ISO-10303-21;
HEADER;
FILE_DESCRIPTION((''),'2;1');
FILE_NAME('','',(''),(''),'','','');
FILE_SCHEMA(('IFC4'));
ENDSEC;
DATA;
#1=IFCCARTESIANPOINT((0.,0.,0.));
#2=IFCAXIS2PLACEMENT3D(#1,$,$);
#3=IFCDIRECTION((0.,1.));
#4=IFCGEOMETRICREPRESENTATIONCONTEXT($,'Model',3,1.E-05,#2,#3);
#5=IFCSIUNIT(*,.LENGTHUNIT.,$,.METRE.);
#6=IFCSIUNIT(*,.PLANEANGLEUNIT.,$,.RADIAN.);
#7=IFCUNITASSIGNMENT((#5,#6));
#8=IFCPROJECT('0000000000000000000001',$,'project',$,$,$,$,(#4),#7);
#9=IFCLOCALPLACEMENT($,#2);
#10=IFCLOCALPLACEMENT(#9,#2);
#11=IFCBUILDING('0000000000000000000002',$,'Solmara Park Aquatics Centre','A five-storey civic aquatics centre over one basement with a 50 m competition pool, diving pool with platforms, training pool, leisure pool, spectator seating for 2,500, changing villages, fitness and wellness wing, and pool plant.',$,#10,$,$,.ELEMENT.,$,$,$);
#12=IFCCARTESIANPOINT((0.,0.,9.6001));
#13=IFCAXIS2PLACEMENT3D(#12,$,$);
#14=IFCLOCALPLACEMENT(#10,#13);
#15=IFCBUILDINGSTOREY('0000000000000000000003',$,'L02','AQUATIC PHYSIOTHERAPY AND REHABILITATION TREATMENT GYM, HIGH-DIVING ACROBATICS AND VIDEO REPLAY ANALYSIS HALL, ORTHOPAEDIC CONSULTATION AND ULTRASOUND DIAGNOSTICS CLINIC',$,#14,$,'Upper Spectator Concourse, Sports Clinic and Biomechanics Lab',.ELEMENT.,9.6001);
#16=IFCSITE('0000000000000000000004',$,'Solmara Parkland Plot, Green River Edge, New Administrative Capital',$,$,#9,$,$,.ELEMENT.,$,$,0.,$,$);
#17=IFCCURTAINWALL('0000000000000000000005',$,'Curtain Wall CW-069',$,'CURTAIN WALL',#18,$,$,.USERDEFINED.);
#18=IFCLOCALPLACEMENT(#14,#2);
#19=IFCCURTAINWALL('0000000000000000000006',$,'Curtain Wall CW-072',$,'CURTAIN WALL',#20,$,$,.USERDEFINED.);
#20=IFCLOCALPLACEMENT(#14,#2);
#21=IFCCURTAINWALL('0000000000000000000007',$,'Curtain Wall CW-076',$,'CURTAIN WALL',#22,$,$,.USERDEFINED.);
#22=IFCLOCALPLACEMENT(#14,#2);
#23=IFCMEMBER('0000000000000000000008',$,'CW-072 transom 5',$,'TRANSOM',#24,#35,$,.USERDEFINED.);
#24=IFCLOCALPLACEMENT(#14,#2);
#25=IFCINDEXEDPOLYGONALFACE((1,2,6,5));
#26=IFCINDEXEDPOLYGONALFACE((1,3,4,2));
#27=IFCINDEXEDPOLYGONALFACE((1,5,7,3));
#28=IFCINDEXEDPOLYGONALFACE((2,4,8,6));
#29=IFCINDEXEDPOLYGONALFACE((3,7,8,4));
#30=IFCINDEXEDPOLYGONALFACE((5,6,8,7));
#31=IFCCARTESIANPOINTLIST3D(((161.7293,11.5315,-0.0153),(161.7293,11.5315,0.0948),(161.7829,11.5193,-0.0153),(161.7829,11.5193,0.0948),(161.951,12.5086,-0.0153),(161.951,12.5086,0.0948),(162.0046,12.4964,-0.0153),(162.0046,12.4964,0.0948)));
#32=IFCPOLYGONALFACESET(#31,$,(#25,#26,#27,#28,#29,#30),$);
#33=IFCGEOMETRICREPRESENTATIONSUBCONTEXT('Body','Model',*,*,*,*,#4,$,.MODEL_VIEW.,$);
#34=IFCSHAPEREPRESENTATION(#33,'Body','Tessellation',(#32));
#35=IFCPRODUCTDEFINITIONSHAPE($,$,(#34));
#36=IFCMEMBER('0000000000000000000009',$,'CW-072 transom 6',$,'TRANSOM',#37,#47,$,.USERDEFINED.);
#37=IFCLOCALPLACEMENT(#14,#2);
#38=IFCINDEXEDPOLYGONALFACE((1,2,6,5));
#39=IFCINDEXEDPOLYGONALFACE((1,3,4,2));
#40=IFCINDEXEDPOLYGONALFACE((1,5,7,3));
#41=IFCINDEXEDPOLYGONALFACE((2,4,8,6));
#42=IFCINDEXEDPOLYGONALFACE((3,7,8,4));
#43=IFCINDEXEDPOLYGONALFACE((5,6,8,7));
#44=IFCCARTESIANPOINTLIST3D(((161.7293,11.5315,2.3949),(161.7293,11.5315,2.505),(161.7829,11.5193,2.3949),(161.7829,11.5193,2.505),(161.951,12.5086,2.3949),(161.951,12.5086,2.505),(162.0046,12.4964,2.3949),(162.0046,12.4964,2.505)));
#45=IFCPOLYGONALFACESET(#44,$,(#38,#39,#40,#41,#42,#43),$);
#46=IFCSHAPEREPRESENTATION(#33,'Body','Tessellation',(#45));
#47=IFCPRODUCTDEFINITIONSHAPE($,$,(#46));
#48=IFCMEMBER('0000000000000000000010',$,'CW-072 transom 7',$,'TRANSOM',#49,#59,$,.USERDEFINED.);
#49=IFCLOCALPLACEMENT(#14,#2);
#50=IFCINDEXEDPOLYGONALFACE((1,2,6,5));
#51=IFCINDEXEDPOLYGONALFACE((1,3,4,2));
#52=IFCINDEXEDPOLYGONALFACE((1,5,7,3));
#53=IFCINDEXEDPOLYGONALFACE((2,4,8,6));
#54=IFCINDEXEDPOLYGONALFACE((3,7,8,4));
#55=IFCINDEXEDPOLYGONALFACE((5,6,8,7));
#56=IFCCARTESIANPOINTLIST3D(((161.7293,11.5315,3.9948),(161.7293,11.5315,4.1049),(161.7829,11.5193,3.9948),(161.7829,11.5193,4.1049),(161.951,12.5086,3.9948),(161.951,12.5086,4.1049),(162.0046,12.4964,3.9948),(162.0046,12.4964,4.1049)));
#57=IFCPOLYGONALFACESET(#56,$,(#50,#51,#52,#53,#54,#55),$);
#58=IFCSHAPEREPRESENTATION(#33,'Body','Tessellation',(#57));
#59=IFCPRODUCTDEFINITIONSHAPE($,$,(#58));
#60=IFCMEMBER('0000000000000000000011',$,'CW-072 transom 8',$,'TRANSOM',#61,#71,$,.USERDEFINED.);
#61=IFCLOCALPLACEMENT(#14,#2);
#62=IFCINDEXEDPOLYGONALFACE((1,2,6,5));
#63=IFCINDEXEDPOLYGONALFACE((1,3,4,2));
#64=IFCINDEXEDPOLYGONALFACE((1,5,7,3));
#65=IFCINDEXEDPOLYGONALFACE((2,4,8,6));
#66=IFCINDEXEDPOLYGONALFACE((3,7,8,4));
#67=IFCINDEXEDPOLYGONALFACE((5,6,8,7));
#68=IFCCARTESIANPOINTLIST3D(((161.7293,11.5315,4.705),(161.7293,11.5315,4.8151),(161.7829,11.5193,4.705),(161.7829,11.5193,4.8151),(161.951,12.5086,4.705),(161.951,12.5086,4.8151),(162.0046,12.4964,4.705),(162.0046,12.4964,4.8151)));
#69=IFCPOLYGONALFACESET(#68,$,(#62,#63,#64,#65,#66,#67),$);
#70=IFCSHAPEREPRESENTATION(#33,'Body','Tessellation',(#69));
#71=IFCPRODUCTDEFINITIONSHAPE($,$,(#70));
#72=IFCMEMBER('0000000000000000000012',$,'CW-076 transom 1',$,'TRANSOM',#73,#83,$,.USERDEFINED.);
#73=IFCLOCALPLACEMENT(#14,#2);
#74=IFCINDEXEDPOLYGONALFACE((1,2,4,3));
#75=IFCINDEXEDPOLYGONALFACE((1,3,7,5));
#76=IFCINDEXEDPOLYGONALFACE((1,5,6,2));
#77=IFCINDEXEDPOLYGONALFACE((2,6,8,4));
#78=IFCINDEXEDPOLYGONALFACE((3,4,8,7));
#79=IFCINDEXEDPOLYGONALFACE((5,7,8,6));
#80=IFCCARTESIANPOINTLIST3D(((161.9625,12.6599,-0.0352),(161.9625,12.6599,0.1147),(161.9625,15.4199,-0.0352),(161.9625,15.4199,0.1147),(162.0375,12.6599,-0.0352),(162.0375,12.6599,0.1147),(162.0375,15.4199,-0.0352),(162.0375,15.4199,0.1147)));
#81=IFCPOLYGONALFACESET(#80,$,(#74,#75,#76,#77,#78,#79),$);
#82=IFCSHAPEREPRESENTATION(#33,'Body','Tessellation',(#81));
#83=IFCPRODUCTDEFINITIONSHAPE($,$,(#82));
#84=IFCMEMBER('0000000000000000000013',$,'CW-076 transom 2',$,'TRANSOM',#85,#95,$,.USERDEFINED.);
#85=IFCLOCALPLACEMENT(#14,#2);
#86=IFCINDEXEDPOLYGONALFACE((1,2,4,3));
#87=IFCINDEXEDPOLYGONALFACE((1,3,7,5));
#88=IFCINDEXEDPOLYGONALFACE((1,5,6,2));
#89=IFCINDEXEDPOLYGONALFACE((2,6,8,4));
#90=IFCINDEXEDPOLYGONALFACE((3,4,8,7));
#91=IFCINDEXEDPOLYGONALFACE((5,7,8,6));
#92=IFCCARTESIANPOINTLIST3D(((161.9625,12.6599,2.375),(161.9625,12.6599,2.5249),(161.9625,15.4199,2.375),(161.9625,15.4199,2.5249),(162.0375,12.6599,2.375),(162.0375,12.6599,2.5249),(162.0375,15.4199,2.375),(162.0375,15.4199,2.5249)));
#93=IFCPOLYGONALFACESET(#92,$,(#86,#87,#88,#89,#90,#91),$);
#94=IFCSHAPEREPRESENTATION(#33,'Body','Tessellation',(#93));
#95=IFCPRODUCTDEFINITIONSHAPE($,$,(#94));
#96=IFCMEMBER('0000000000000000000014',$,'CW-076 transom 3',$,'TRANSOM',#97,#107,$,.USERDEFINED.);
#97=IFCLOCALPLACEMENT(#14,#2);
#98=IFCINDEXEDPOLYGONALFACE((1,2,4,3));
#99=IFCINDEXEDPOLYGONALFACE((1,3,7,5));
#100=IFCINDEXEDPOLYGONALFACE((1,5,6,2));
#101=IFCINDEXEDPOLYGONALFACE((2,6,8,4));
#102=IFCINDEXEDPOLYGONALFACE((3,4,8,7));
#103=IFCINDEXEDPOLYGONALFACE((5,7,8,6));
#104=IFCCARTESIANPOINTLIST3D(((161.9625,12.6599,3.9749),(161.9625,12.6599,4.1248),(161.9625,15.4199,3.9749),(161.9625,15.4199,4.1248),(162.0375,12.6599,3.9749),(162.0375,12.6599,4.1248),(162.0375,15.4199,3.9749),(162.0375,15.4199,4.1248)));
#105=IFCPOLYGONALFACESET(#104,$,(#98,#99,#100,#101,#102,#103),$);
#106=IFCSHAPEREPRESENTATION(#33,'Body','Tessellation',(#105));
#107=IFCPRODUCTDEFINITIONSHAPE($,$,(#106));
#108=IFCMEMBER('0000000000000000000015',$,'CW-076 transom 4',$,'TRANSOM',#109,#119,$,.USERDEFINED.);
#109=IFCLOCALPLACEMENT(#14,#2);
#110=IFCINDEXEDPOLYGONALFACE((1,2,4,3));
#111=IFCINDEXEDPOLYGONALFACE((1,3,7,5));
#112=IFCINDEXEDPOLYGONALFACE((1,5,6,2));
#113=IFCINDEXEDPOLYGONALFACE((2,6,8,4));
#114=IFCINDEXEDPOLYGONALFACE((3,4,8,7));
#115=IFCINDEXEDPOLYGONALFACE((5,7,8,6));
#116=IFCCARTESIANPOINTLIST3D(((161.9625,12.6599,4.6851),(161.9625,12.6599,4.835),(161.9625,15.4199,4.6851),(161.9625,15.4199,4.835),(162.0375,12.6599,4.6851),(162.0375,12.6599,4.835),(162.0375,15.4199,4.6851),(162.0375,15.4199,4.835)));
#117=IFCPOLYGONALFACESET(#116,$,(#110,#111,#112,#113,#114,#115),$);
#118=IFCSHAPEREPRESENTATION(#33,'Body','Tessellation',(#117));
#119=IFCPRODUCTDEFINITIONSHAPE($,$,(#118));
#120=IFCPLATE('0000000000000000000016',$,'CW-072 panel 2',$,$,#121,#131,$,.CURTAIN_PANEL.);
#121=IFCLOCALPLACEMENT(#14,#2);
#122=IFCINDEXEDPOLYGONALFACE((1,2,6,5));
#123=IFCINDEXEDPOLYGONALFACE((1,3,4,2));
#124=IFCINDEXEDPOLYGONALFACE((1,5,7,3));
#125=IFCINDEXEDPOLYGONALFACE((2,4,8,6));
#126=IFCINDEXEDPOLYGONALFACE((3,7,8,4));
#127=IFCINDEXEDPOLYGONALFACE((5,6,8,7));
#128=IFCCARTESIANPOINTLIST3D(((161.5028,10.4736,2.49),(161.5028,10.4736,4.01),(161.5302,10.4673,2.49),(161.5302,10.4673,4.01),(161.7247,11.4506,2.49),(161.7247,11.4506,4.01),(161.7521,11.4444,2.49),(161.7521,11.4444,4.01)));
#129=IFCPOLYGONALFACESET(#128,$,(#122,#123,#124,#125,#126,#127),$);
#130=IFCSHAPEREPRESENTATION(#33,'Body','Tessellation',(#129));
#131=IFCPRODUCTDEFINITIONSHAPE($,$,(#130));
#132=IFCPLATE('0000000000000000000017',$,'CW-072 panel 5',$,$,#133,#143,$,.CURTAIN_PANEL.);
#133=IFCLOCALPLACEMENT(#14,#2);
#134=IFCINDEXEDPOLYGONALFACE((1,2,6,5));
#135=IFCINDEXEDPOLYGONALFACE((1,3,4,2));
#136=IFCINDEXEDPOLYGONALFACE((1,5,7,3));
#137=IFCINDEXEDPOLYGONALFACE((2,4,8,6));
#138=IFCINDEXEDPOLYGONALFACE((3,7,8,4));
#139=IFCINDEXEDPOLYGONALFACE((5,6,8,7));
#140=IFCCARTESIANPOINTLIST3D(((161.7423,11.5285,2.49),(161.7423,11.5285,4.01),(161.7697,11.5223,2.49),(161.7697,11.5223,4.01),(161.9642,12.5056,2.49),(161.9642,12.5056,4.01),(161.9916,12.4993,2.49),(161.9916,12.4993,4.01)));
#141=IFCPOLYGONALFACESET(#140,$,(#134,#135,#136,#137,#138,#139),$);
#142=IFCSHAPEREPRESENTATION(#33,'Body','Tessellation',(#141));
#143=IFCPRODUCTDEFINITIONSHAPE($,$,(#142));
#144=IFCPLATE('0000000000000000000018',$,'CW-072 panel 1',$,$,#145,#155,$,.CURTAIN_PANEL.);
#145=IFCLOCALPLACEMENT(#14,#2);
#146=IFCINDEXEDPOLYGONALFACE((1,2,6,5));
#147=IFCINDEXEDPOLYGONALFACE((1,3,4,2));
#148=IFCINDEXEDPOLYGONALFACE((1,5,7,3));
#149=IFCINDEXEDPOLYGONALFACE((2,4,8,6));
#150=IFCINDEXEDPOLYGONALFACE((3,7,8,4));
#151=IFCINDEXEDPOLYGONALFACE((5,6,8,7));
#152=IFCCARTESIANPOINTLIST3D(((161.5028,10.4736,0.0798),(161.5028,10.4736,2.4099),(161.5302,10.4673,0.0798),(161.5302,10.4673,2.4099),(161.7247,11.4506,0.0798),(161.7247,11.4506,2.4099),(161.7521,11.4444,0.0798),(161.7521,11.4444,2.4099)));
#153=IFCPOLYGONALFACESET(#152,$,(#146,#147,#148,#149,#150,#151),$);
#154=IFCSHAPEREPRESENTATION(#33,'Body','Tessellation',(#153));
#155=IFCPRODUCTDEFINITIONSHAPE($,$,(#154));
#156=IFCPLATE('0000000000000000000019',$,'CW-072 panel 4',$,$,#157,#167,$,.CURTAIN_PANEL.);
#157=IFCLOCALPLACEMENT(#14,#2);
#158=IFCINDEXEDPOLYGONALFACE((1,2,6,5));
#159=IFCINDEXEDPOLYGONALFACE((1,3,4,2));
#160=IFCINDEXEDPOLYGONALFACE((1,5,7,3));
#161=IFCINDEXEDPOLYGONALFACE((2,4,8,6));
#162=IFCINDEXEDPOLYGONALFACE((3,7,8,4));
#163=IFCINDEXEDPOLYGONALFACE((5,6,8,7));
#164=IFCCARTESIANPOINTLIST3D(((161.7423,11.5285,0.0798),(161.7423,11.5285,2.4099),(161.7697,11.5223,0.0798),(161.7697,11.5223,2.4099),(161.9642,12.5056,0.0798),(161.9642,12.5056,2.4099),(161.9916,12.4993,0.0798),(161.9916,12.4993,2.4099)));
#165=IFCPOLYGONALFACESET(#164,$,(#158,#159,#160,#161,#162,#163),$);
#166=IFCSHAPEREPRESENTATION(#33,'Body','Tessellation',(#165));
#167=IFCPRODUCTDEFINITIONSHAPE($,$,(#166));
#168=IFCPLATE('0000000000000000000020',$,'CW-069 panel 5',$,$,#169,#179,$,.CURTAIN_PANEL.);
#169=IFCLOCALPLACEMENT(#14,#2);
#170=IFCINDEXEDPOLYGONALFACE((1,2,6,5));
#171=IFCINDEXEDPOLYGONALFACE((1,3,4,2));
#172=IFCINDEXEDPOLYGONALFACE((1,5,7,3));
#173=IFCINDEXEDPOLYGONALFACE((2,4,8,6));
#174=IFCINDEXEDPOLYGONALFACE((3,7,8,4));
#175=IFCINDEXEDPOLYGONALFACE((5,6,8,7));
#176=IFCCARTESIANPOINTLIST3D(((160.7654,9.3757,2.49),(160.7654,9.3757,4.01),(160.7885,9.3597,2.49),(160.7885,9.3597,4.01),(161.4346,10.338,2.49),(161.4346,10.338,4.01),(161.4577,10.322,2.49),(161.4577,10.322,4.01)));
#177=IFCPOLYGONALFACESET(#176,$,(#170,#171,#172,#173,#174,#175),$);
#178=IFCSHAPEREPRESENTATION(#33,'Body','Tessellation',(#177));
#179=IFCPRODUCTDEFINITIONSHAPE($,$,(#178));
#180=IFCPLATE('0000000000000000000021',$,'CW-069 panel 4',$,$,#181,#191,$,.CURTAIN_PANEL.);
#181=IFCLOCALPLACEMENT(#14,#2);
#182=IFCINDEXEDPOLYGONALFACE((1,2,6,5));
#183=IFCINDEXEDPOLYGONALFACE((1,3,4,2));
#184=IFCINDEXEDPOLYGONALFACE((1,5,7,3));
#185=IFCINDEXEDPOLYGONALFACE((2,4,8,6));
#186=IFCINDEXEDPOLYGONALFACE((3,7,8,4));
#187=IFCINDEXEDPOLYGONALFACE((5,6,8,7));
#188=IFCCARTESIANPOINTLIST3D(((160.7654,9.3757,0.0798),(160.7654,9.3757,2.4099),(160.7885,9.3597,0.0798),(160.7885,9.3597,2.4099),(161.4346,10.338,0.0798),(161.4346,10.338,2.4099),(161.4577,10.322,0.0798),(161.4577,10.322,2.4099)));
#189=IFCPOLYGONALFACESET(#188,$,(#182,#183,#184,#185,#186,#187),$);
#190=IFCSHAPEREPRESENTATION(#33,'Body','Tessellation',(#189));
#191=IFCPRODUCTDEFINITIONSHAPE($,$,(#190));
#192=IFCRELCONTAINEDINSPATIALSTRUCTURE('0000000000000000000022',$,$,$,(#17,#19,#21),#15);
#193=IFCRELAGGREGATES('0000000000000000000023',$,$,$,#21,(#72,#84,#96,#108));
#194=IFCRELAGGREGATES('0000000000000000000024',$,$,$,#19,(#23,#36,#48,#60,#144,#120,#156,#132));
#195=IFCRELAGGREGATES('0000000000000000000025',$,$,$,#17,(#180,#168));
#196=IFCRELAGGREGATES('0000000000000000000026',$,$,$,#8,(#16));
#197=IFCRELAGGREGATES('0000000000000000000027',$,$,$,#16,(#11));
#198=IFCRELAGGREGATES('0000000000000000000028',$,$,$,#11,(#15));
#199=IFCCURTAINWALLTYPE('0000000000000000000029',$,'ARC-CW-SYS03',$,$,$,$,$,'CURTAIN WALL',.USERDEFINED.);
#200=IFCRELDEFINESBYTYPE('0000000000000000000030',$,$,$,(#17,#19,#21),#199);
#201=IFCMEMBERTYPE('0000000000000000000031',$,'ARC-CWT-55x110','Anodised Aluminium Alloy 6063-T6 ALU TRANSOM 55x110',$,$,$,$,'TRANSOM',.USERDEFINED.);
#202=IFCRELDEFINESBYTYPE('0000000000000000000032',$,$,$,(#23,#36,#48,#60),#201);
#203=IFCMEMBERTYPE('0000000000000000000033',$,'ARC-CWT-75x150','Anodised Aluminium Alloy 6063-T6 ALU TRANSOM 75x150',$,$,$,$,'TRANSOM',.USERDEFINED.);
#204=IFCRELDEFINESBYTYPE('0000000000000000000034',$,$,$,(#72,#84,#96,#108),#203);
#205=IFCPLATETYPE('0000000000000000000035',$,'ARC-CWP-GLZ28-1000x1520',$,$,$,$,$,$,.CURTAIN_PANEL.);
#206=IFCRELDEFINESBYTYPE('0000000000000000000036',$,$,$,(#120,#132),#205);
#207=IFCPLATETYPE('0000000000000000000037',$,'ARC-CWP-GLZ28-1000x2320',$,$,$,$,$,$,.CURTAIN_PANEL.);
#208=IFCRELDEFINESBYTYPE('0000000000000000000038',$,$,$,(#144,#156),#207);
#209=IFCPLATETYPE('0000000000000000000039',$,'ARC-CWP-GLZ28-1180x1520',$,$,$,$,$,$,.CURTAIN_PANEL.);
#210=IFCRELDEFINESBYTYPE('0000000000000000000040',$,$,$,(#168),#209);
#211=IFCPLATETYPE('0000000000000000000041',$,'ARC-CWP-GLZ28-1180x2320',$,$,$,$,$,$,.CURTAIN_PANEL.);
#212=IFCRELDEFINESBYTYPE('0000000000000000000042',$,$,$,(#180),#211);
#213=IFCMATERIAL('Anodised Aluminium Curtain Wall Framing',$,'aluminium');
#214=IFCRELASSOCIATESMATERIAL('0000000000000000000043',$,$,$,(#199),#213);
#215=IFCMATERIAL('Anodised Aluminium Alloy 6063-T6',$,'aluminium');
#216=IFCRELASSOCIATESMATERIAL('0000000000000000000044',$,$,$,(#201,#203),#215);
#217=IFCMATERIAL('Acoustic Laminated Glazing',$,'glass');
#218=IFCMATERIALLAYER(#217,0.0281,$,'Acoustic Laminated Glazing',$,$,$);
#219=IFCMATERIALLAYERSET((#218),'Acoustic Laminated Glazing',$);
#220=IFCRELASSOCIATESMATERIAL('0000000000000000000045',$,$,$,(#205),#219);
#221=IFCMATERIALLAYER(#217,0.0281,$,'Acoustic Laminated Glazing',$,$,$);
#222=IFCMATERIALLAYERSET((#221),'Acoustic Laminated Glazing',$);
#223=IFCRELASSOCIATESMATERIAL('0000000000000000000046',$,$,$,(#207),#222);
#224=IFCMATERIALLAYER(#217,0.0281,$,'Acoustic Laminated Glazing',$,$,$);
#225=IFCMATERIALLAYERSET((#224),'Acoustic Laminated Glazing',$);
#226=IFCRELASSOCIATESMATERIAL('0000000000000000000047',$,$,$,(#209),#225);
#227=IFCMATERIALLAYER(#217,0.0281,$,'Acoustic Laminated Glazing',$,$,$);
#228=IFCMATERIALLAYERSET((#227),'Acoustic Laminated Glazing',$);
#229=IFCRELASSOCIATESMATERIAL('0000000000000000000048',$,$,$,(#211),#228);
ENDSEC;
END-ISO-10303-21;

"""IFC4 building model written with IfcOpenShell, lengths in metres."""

from ifc_helpers import new_model, si_unit, direction, frame, origin, origin_2d, place, context, subcontext, project, spatial, rectangle, extrude, material, layer, layer_set, material_profile, profile_set, type_object, element, aggregate, save


model = new_model("IFC4")

# Units and contexts
model_context = context("Model", 3, precision=1e-05, world=origin(), true_north=direction((0.0, 1.0)))
body_context = subcontext(model_context, "Body", "Model", "MODEL_VIEW")
ifc_project = project(units=[si_unit("LENGTHUNIT", "METRE"), si_unit("PLANEANGLEUNIT", "RADIAN")], contexts=[model_context])

# Site, building, storey
site_placement = place(None, origin())
site = spatial("IfcSite", under=ifc_project, at=site_placement, Name="Solmara Parkland Plot, Green River Edge, New Administrative Capital", CompositionType="ELEMENT", RefElevation=0.0)
building_placement = place(site_placement, origin())
building = spatial("IfcBuilding", under=site, at=building_placement, Name="Solmara Park Aquatics Centre", Description="A five-storey civic aquatics centre over one basement with a 50 m competition pool, diving pool with platforms, training pool, leisure pool, spectator seating for 2,500, changing villages, fitness and wellness wing, and pool plant.", CompositionType="ELEMENT")
storey_placement = place(building_placement, frame((0.0, 0.0, 9.6001)))
storey = spatial("IfcBuildingStorey", under=building, at=storey_placement, Name="L02", Description="AQUATIC PHYSIOTHERAPY AND REHABILITATION TREATMENT GYM, HIGH-DIVING ACROBATICS AND VIDEO REPLAY ANALYSIS HALL, ORTHOPAEDIC CONSULTATION AND ULTRASOUND DIAGNOSTICS CLINIC", LongName="Upper Spectator Concourse, Sports Clinic and Biomechanics Lab", CompositionType="ELEMENT", Elevation=9.6001)

# Curtain walls
ifc_material_1 = material(Name="Anodised Aluminium Curtain Wall Framing", Category="aluminium")
curtain_wall_type = type_object("IfcCurtainWallType", Name="ARC-CW-SYS03", ElementType="CURTAIN WALL", PredefinedType="USERDEFINED", material=ifc_material_1)
curtain_wall_1_placement = place(storey_placement, origin())
curtain_wall_1 = element("IfcCurtainWall", 1, at=curtain_wall_1_placement, inside=storey, type_object=curtain_wall_type, Name="Curtain Wall CW-069", ObjectType="CURTAIN WALL", PredefinedType="USERDEFINED")
ifc_material_2 = material(Name="Anodised Aluminium Alloy 6063-T6", Category="aluminium")
curtain_wall_2_placement = place(storey_placement, origin())
curtain_wall_2 = element("IfcCurtainWall", 2, at=curtain_wall_2_placement, inside=storey, type_object=curtain_wall_type, Name="Curtain Wall CW-072", ObjectType="CURTAIN WALL", PredefinedType="USERDEFINED")

# Curtain wall
curtain_wall_3_placement = place(storey_placement, origin())
curtain_wall_3 = element("IfcCurtainWall", 3, at=curtain_wall_3_placement, inside=storey, type_object=curtain_wall_type, Name="Curtain Wall CW-076", ObjectType="CURTAIN WALL", PredefinedType="USERDEFINED")

# Members
ifc_material_profile_1 = material_profile(ifc_material_2, rectangle(XDim=0.0549, YDim=0.1101, at=origin_2d()), Name="ALU TRANSOM 55x110")
ifc_profile_set_1 = profile_set([ifc_material_profile_1], Name="Anodised Aluminium Alloy 6063-T6")
member_type_1 = type_object("IfcMemberType", Name="ARC-CWT-55x110", Description="Anodised Aluminium Alloy 6063-T6 ALU TRANSOM 55x110", ElementType="TRANSOM", PredefinedType="USERDEFINED", material=ifc_profile_set_1)
member_1_placement = place(storey_placement, frame((161.7561, 11.5254, 0.0398), z_axis=(0.221263, 0.975214, 0.0), x_axis=(-0.975214, 0.221263, 0.0)))
member_1 = element("IfcMember", 4, at=member_1_placement, type_object=member_type_1, Name="CW-072 transom 5", ObjectType="TRANSOM", PredefinedType="USERDEFINED", context=body_context, shape_type="SweptSolid", body=[
    extrude(rectangle(XDim=0.0549, YDim=0.1101, at=origin_2d()), origin(), (0.0, 0.0, 1.0), 1.002),
])
member_2_placement = place(storey_placement, frame((161.7561, 11.5254, 2.45), z_axis=(0.221263, 0.975214, 0.0), x_axis=(-0.975214, 0.221263, 0.0)))
member_2 = element("IfcMember", 5, at=member_2_placement, type_object=member_type_1, Name="CW-072 transom 6", ObjectType="TRANSOM", PredefinedType="USERDEFINED", context=body_context, shape_type="SweptSolid", body=[
    extrude(rectangle(XDim=0.0549, YDim=0.1101, at=origin_2d()), origin(), (0.0, 0.0, 1.0), 1.002),
])
member_3_placement = place(storey_placement, frame((161.7561, 11.5254, 4.0498), z_axis=(0.221263, 0.975214, 0.0), x_axis=(-0.975214, 0.221263, 0.0)))
member_3 = element("IfcMember", 6, at=member_3_placement, type_object=member_type_1, Name="CW-072 transom 7", ObjectType="TRANSOM", PredefinedType="USERDEFINED", context=body_context, shape_type="SweptSolid", body=[
    extrude(rectangle(XDim=0.0549, YDim=0.1101, at=origin_2d()), origin(), (0.0, 0.0, 1.0), 1.002),
])
member_4_placement = place(storey_placement, frame((161.7561, 11.5254, 4.76), z_axis=(0.221263, 0.975214, 0.0), x_axis=(-0.975214, 0.221263, 0.0)))
member_4 = element("IfcMember", 7, at=member_4_placement, type_object=member_type_1, Name="CW-072 transom 8", ObjectType="TRANSOM", PredefinedType="USERDEFINED", context=body_context, shape_type="SweptSolid", body=[
    extrude(rectangle(XDim=0.0549, YDim=0.1101, at=origin_2d()), origin(), (0.0, 0.0, 1.0), 1.002),
])
ifc_material_profile_2 = material_profile(ifc_material_2, rectangle(XDim=0.075, YDim=0.1499, at=origin_2d()), Name="ALU TRANSOM 75x150")
ifc_profile_set_2 = profile_set([ifc_material_profile_2], Name="Anodised Aluminium Alloy 6063-T6")
member_type_2 = type_object("IfcMemberType", Name="ARC-CWT-75x150", Description="Anodised Aluminium Alloy 6063-T6 ALU TRANSOM 75x150", ElementType="TRANSOM", PredefinedType="USERDEFINED", material=ifc_profile_set_2)
member_5_placement = place(storey_placement, frame((162.0, 12.6599, 0.0398), z_axis=(0.0, 1.0, 0.0), x_axis=(-1.0, 0.0, 0.0)))
member_5 = element("IfcMember", 8, at=member_5_placement, type_object=member_type_2, Name="CW-076 transom 1", ObjectType="TRANSOM", PredefinedType="USERDEFINED", context=body_context, shape_type="SweptSolid", body=[
    extrude(rectangle(XDim=0.075, YDim=0.1499, at=origin_2d()), origin(), (0.0, 0.0, 1.0), 2.76),
])
member_6_placement = place(storey_placement, frame((162.0, 12.6599, 2.45), z_axis=(0.0, 1.0, 0.0), x_axis=(-1.0, 0.0, 0.0)))
member_6 = element("IfcMember", 9, at=member_6_placement, type_object=member_type_2, Name="CW-076 transom 2", ObjectType="TRANSOM", PredefinedType="USERDEFINED", context=body_context, shape_type="SweptSolid", body=[
    extrude(rectangle(XDim=0.075, YDim=0.1499, at=origin_2d()), origin(), (0.0, 0.0, 1.0), 2.76),
])
member_7_placement = place(storey_placement, frame((162.0, 12.6599, 4.0498), z_axis=(0.0, 1.0, 0.0), x_axis=(-1.0, 0.0, 0.0)))
member_7 = element("IfcMember", 10, at=member_7_placement, type_object=member_type_2, Name="CW-076 transom 3", ObjectType="TRANSOM", PredefinedType="USERDEFINED", context=body_context, shape_type="SweptSolid", body=[
    extrude(rectangle(XDim=0.075, YDim=0.1499, at=origin_2d()), origin(), (0.0, 0.0, 1.0), 2.76),
])
member_8_placement = place(storey_placement, frame((162.0, 12.6599, 4.76), z_axis=(0.0, 1.0, 0.0), x_axis=(-1.0, 0.0, 0.0)))
member_8 = element("IfcMember", 11, at=member_8_placement, type_object=member_type_2, Name="CW-076 transom 4", ObjectType="TRANSOM", PredefinedType="USERDEFINED", context=body_context, shape_type="SweptSolid", body=[
    extrude(rectangle(XDim=0.075, YDim=0.1499, at=origin_2d()), origin(), (0.0, 0.0, 1.0), 2.76),
])
aggregate(curtain_wall_3, [member_5, member_6, member_7, member_8])

# Plates
ifc_material_3 = material(Name="Acoustic Laminated Glazing", Category="glass")
ifc_layer_1 = layer(ifc_material_3, 0.0281, Name="Acoustic Laminated Glazing")
ifc_layer_set_1 = layer_set([ifc_layer_1], Name="Acoustic Laminated Glazing")
plate_type_1 = type_object("IfcPlateType", Name="ARC-CWP-GLZ28-1000x1520", PredefinedType="CURTAIN_PANEL", material=ifc_layer_set_1)
plate_1_placement = place(storey_placement, frame((161.6274, 10.959, 2.49), z_axis=(0.0, 0.0, 1.0), x_axis=(0.221421, 0.975178, 0.0)))
plate_1 = element("IfcPlate", 12, at=plate_1_placement, type_object=plate_type_1, Name="CW-072 panel 2", PredefinedType="CURTAIN_PANEL", context=body_context, shape_type="SweptSolid", body=[
    extrude(rectangle(XDim=1.002, YDim=0.0281, at=origin_2d()), origin(), (0.0, 0.0, 1.0), 1.52),
])
plate_2_placement = place(storey_placement, frame((161.8669, 12.0139, 2.49), z_axis=(0.0, 0.0, 1.0), x_axis=(0.221421, 0.975178, 0.0)))
plate_2 = element("IfcPlate", 13, at=plate_2_placement, type_object=plate_type_1, Name="CW-072 panel 5", PredefinedType="CURTAIN_PANEL", context=body_context, shape_type="SweptSolid", body=[
    extrude(rectangle(XDim=1.002, YDim=0.0281, at=origin_2d()), origin(), (0.0, 0.0, 1.0), 1.52),
])
ifc_layer_2 = layer(ifc_material_3, 0.0281, Name="Acoustic Laminated Glazing")
ifc_layer_set_2 = layer_set([ifc_layer_2], Name="Acoustic Laminated Glazing")
plate_type_2 = type_object("IfcPlateType", Name="ARC-CWP-GLZ28-1000x2320", PredefinedType="CURTAIN_PANEL", material=ifc_layer_set_2)
plate_3_placement = place(storey_placement, frame((161.6274, 10.959, 0.0798), z_axis=(0.0, 0.0, 1.0), x_axis=(0.221421, 0.975178, 0.0)))
plate_3 = element("IfcPlate", 14, at=plate_3_placement, type_object=plate_type_2, Name="CW-072 panel 1", PredefinedType="CURTAIN_PANEL", context=body_context, shape_type="SweptSolid", body=[
    extrude(rectangle(XDim=1.002, YDim=0.0281, at=origin_2d()), origin(), (0.0, 0.0, 1.0), 2.3301),
])
plate_4_placement = place(storey_placement, frame((161.8669, 12.0139, 0.0798), z_axis=(0.0, 0.0, 1.0), x_axis=(0.221421, 0.975178, 0.0)))
plate_4 = element("IfcPlate", 15, at=plate_4_placement, type_object=plate_type_2, Name="CW-072 panel 4", PredefinedType="CURTAIN_PANEL", context=body_context, shape_type="SweptSolid", body=[
    extrude(rectangle(XDim=1.002, YDim=0.0281, at=origin_2d()), origin(), (0.0, 0.0, 1.0), 2.3301),
])
ifc_layer_3 = layer(ifc_material_3, 0.0281, Name="Acoustic Laminated Glazing")
ifc_layer_set_3 = layer_set([ifc_layer_3], Name="Acoustic Laminated Glazing")
plate_type_3 = type_object("IfcPlateType", Name="ARC-CWP-GLZ28-1180x1520", PredefinedType="CURTAIN_PANEL", material=ifc_layer_set_3)
plate_5_placement = place(storey_placement, frame((161.1116, 9.8489, 2.49), z_axis=(0.0, 0.0, 1.0), x_axis=(0.570927, 0.821001, 0.0)))
plate_5 = element("IfcPlate", 16, at=plate_5_placement, type_object=plate_type_3, Name="CW-069 panel 5", PredefinedType="CURTAIN_PANEL", context=body_context, shape_type="SweptSolid", body=[
    extrude(rectangle(XDim=1.1721, YDim=0.0281, at=origin_2d()), origin(), (0.0, 0.0, 1.0), 1.52),
])
ifc_layer_4 = layer(ifc_material_3, 0.0281, Name="Acoustic Laminated Glazing")
ifc_layer_set_4 = layer_set([ifc_layer_4], Name="Acoustic Laminated Glazing")
plate_type_4 = type_object("IfcPlateType", Name="ARC-CWP-GLZ28-1180x2320", PredefinedType="CURTAIN_PANEL", material=ifc_layer_set_4)
plate_6_placement = place(storey_placement, frame((161.1116, 9.8489, 0.0798), z_axis=(0.0, 0.0, 1.0), x_axis=(0.570927, 0.821001, 0.0)))
plate_6 = element("IfcPlate", 17, at=plate_6_placement, type_object=plate_type_4, Name="CW-069 panel 4", PredefinedType="CURTAIN_PANEL", context=body_context, shape_type="SweptSolid", body=[
    extrude(rectangle(XDim=1.1721, YDim=0.0281, at=origin_2d()), origin(), (0.0, 0.0, 1.0), 2.3301),
])
aggregate(curtain_wall_2, [member_1, member_2, member_3, member_4, plate_3, plate_1, plate_4, plate_2])
aggregate(curtain_wall_1, [plate_6, plate_5])

save(model, "model.ifc")
